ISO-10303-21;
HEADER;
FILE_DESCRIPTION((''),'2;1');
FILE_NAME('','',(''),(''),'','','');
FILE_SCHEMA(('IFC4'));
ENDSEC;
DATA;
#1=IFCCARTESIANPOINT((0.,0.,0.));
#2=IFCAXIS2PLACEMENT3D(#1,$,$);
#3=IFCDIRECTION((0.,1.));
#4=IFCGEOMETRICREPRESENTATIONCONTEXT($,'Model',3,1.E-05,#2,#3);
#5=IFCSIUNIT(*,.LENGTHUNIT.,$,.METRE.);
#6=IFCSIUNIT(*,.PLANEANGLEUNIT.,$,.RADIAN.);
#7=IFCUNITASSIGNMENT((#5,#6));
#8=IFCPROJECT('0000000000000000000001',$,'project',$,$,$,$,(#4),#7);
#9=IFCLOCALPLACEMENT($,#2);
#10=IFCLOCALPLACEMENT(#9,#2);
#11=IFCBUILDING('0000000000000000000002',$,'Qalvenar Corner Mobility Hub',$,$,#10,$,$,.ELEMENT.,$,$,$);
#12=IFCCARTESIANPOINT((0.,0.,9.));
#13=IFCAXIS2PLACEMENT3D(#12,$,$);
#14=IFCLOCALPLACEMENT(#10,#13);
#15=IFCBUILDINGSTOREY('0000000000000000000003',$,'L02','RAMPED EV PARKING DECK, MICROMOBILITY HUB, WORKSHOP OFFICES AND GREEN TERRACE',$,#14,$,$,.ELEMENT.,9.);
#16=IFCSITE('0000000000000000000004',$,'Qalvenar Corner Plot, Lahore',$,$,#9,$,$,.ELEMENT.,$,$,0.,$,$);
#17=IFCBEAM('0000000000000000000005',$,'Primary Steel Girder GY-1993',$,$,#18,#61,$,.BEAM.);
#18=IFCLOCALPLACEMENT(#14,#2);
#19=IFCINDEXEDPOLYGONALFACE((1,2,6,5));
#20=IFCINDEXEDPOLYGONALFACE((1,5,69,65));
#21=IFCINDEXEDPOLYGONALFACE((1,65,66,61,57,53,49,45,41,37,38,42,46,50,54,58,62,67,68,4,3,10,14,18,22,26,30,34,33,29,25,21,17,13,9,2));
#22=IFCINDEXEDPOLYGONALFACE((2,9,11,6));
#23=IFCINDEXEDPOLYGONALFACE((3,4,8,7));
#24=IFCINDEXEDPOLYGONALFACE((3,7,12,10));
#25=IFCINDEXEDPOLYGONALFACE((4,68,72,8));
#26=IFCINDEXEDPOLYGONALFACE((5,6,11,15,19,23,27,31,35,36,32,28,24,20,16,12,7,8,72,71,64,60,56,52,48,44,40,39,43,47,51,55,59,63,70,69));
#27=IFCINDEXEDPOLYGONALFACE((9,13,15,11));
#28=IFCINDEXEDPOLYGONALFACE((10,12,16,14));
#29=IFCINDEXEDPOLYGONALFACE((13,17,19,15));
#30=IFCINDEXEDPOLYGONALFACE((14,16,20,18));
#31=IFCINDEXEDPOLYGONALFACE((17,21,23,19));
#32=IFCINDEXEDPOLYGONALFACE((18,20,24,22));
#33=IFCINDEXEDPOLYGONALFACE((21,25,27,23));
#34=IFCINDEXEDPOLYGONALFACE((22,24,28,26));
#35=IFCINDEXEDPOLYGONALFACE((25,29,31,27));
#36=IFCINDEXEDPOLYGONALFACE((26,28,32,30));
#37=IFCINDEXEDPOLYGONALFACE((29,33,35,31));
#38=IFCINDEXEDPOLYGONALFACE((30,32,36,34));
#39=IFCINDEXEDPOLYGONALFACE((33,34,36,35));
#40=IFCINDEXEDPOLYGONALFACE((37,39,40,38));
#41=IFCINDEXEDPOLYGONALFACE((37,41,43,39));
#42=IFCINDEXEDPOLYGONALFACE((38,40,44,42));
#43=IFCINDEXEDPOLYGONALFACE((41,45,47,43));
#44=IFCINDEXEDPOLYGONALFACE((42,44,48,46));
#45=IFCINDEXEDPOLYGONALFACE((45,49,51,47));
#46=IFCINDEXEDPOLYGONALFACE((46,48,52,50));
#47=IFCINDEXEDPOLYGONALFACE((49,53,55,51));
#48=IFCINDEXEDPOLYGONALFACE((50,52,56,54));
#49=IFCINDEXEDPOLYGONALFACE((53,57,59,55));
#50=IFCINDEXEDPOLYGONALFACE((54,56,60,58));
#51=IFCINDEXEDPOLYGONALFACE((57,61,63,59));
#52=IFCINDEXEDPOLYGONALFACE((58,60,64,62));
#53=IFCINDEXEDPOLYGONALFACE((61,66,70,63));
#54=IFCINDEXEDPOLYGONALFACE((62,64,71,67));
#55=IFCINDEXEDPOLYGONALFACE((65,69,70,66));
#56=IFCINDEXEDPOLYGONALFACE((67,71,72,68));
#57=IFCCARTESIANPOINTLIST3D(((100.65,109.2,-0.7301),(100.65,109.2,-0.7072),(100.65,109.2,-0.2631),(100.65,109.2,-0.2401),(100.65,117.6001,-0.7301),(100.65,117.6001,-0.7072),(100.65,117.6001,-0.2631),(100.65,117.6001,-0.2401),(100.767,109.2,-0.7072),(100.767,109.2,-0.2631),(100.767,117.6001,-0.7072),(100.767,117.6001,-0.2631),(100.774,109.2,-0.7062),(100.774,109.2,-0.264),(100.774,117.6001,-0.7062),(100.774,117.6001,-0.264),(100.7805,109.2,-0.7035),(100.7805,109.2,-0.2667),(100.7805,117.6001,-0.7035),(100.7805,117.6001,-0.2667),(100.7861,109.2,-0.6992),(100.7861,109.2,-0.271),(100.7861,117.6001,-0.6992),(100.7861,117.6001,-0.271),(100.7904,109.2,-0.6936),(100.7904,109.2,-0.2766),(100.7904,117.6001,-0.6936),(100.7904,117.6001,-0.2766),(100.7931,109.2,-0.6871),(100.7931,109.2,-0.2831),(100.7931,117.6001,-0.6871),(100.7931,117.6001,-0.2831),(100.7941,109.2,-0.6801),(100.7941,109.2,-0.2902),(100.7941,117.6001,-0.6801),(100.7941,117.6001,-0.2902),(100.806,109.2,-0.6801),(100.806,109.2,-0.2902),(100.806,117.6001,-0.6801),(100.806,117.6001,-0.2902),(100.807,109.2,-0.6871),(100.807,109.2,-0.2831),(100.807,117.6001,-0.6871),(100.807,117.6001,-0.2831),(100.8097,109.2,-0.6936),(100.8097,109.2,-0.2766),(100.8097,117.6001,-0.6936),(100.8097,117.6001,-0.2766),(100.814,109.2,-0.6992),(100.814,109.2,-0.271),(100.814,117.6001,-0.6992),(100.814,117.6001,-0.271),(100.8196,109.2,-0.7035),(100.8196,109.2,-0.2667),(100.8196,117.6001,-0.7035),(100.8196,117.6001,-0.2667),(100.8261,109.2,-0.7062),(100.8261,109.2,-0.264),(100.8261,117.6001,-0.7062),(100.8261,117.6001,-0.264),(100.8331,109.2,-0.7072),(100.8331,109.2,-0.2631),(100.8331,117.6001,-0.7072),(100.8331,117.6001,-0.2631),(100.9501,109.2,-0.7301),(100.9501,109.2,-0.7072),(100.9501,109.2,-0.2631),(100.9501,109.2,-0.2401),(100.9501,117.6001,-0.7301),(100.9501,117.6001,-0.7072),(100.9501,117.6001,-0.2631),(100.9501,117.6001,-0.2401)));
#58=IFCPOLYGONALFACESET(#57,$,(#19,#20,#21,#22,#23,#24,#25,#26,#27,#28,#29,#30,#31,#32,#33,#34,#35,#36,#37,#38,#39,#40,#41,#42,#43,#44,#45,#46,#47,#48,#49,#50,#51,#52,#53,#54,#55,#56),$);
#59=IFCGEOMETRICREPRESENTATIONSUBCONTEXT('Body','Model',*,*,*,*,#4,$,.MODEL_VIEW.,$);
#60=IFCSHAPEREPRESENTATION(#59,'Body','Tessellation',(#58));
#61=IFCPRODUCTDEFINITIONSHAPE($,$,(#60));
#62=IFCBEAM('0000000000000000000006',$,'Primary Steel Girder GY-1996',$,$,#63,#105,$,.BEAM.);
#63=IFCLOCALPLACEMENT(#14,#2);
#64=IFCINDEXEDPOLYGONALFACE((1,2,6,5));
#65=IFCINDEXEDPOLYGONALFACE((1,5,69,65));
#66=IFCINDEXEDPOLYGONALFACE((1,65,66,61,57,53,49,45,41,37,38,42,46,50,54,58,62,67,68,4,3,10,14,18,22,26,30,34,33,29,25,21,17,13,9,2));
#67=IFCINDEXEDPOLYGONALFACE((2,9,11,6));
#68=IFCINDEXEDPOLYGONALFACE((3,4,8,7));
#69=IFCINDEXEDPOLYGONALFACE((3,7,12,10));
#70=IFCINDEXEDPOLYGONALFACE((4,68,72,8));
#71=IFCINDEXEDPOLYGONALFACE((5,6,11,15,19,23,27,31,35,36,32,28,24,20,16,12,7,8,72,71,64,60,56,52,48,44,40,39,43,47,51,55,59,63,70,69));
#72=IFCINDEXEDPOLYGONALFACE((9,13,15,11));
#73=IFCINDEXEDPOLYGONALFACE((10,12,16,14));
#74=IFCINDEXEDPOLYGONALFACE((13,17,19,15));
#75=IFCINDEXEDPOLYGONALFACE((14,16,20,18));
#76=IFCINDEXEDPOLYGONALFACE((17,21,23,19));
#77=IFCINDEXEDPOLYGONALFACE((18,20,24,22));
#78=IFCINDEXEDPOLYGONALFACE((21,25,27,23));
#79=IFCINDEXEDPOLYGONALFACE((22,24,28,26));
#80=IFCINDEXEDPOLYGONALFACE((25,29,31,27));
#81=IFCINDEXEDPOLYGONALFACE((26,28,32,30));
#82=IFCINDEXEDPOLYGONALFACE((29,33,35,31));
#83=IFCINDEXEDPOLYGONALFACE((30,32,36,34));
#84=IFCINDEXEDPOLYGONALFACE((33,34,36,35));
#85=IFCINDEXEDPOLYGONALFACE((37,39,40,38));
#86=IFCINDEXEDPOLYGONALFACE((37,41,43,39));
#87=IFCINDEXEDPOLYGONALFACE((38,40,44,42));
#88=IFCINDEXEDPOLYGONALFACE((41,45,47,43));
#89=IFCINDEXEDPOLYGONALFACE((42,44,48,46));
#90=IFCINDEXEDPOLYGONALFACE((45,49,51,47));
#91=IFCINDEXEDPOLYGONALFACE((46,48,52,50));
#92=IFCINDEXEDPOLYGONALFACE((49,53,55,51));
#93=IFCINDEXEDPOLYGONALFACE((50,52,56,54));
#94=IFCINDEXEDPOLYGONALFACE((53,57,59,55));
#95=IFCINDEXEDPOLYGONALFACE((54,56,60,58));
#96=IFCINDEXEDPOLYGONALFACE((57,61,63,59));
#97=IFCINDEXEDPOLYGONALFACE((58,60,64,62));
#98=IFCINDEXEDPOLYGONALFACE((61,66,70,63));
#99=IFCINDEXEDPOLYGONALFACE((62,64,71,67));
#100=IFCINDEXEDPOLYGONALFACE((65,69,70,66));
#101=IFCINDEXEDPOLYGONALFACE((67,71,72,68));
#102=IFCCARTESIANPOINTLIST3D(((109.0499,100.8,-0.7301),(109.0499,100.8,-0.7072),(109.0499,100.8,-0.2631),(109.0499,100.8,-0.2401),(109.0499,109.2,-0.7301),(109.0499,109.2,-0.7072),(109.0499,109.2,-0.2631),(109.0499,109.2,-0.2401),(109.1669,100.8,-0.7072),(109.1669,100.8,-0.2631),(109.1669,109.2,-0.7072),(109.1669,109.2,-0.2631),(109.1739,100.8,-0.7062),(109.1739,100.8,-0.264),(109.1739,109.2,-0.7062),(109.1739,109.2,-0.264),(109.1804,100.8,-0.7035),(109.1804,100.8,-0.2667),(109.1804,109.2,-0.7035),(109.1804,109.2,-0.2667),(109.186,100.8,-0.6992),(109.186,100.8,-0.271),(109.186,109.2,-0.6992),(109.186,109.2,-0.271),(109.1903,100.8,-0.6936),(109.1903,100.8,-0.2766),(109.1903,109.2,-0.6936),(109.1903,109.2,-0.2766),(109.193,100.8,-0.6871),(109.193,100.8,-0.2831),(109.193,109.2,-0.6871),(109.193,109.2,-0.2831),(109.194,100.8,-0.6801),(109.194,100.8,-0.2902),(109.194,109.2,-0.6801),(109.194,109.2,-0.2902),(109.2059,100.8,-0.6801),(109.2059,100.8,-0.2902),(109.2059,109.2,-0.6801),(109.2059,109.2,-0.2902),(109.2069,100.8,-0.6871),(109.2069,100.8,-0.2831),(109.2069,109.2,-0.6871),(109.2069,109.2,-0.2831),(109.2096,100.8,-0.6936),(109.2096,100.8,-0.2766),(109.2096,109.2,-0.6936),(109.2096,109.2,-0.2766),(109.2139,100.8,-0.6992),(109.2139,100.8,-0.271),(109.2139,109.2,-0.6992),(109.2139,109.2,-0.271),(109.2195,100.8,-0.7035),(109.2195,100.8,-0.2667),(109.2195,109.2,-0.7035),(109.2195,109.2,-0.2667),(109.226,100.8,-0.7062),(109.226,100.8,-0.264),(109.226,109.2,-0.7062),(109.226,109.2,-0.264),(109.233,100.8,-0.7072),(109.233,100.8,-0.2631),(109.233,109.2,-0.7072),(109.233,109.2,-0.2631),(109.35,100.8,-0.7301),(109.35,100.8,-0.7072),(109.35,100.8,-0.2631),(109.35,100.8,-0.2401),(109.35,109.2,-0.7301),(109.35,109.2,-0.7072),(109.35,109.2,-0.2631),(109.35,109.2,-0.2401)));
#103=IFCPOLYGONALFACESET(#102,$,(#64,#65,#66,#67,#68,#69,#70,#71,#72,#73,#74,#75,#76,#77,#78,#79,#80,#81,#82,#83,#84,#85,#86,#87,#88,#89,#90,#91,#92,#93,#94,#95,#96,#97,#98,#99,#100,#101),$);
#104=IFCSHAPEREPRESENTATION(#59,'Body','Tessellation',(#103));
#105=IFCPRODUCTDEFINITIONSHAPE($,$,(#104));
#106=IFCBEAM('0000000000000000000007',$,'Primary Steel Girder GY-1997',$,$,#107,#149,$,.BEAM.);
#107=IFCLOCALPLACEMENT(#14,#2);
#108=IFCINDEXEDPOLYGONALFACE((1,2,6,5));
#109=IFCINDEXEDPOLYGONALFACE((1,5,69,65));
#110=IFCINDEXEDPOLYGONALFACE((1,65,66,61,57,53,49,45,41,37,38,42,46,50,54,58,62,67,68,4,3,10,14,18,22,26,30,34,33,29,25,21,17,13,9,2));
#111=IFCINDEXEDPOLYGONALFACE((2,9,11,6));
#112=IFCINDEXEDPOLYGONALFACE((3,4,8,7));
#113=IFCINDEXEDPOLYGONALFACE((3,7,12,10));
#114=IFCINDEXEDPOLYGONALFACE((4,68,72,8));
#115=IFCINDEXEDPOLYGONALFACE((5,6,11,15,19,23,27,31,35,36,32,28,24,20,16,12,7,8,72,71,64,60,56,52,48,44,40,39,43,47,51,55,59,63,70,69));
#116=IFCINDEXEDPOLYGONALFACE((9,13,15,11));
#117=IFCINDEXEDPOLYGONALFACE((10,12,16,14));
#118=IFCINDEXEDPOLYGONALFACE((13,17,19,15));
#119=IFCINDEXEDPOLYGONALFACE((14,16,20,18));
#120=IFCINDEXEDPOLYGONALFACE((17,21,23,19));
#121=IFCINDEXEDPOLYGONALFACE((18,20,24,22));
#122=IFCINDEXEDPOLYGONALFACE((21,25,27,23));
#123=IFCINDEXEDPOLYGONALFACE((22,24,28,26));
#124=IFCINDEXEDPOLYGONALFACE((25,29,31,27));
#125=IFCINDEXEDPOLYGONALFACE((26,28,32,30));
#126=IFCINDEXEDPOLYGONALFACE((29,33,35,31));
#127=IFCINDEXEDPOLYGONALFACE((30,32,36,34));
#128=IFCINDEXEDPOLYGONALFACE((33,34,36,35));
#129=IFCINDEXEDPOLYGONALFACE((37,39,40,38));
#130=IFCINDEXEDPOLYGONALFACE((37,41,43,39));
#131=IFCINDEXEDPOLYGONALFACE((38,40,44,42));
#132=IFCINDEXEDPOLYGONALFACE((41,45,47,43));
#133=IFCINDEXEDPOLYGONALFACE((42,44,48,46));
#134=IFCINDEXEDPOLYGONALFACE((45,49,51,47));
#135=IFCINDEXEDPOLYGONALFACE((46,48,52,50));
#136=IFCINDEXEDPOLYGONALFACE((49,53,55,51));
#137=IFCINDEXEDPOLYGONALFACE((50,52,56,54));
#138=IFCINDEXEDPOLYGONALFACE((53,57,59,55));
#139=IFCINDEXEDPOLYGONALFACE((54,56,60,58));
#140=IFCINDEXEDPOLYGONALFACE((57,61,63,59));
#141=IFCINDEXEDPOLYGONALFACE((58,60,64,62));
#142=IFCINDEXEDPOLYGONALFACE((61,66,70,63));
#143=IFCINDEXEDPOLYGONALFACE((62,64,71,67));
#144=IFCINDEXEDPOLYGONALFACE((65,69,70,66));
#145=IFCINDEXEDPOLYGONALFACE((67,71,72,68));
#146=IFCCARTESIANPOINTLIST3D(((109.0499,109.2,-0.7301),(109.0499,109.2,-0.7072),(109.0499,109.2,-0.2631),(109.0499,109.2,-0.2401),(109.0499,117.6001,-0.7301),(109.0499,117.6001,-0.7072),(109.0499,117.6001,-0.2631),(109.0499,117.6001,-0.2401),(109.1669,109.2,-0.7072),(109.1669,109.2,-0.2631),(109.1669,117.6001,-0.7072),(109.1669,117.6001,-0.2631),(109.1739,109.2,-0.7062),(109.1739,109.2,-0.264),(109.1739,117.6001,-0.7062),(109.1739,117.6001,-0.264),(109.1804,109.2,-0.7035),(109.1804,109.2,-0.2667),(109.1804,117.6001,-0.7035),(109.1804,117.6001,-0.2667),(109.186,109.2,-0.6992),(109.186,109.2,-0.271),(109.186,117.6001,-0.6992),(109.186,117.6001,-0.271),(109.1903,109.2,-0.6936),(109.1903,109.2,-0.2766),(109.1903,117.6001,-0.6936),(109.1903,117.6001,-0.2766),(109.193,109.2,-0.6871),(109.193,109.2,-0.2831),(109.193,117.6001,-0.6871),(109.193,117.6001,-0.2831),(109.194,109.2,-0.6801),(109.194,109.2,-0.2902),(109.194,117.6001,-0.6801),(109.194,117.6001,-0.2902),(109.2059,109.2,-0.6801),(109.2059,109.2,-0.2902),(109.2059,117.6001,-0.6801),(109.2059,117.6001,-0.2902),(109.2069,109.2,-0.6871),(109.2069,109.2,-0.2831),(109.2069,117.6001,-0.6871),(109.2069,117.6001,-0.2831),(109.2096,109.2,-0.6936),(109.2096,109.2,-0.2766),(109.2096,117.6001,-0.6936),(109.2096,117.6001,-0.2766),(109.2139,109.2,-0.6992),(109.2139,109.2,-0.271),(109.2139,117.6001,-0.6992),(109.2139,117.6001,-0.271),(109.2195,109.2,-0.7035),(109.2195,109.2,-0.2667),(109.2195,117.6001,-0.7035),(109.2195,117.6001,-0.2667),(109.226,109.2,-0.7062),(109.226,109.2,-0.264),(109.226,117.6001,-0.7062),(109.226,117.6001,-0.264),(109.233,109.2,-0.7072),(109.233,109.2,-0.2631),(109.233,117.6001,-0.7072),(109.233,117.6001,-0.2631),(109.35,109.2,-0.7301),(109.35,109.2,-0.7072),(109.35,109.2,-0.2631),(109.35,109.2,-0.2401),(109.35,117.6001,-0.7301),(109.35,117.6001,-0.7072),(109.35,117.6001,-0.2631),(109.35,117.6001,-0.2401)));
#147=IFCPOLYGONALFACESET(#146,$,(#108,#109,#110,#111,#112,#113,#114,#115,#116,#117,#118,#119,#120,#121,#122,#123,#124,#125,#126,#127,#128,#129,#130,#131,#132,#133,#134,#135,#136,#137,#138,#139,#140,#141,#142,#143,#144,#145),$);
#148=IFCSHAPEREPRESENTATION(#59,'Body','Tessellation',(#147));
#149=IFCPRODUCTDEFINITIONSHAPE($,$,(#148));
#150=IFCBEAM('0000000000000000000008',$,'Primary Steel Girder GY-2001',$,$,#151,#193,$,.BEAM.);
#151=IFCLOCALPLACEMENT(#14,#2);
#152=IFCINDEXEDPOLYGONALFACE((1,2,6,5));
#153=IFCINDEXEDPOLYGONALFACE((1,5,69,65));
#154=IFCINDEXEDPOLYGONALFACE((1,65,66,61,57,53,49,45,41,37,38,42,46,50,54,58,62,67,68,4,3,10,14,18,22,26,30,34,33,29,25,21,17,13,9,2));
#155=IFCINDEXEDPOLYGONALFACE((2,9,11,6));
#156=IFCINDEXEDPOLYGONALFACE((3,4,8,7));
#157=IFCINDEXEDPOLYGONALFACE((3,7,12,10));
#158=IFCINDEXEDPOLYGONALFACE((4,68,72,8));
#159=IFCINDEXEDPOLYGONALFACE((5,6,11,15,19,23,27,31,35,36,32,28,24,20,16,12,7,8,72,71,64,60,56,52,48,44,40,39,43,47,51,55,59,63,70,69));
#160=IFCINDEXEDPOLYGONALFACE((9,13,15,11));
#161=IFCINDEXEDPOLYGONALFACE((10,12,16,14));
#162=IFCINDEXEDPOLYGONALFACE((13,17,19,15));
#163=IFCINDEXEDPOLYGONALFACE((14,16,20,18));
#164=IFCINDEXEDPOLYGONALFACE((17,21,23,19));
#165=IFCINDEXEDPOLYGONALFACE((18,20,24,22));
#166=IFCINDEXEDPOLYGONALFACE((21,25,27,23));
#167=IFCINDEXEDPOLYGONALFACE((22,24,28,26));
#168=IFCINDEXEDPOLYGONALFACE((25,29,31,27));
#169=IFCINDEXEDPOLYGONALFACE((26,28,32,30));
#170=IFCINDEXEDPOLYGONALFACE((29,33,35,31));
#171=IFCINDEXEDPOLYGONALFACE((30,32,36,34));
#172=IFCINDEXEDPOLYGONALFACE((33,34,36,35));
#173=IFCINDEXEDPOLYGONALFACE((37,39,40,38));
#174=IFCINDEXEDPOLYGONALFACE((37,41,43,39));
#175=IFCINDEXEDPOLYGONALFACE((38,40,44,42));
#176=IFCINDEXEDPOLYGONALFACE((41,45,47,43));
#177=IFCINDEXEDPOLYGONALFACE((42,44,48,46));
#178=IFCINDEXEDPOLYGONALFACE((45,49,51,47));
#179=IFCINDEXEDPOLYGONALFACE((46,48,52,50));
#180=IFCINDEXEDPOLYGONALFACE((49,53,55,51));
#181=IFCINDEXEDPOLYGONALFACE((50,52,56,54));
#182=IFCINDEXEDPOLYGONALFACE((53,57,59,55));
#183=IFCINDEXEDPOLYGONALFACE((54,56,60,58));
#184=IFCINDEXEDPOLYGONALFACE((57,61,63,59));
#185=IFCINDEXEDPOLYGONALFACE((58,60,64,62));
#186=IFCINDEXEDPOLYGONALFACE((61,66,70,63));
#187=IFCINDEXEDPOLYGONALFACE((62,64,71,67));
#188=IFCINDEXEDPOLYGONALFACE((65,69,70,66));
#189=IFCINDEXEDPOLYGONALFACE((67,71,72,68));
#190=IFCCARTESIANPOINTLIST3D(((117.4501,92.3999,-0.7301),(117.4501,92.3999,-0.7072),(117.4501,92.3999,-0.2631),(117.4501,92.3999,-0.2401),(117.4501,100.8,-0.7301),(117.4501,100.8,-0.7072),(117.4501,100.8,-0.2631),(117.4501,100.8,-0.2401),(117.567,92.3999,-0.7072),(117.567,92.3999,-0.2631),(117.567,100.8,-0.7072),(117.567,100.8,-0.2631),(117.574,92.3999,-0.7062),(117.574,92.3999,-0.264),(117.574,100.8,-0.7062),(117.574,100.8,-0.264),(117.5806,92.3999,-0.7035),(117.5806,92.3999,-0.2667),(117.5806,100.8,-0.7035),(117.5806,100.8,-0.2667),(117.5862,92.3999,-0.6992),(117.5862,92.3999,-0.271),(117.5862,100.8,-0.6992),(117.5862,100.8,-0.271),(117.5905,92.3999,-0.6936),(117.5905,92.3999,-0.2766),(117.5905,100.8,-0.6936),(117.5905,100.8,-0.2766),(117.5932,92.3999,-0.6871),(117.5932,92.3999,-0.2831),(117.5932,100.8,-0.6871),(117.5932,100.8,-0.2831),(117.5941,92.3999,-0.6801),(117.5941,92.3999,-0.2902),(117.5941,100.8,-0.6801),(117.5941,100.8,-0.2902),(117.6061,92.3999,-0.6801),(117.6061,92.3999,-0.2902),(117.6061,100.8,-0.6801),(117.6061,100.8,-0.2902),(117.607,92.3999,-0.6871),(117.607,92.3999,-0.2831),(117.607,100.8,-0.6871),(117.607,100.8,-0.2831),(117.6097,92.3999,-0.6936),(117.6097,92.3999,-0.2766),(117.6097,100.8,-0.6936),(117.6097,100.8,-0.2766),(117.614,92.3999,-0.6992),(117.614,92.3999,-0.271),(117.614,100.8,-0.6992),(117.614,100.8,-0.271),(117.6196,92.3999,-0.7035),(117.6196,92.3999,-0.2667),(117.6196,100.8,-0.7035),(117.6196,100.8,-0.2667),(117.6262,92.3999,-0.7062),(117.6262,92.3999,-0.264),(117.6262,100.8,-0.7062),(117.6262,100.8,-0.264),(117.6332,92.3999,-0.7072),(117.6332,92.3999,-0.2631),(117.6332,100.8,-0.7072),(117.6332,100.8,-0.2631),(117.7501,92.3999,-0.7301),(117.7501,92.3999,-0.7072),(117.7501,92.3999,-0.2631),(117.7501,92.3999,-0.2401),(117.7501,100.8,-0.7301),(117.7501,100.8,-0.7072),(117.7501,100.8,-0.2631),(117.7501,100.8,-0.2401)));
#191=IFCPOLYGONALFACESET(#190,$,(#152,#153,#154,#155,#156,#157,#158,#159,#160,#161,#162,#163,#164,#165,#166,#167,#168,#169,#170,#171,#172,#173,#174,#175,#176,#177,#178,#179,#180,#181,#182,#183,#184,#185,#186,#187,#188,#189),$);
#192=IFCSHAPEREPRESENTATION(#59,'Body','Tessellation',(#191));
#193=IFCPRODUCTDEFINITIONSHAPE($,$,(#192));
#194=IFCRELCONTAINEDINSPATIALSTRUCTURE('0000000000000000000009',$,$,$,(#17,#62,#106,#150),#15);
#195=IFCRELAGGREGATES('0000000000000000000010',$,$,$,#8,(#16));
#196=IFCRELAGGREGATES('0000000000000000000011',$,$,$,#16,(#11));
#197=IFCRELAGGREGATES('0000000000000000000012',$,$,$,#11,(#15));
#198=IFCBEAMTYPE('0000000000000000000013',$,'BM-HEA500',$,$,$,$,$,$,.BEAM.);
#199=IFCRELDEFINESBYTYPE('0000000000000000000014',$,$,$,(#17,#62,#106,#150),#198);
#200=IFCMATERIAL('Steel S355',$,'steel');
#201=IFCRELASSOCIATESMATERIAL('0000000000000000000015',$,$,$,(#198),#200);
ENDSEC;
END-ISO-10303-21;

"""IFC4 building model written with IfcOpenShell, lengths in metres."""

from ifc_helpers import new_model, si_unit, direction, frame, origin, origin_2d, place, context, subcontext, project, spatial, i_section, extrude, material, material_profile, profile_set, type_object, element, save


model = new_model("IFC4")

# Units and contexts
model_context = context("Model", 3, precision=1e-05, world=origin(), true_north=direction((0.0, 1.0)))
body_context = subcontext(model_context, "Body", "Model", "MODEL_VIEW")
ifc_project = project(units=[si_unit("LENGTHUNIT", "METRE"), si_unit("PLANEANGLEUNIT", "RADIAN")], contexts=[model_context])

# Site, building, storey
site_placement = place(None, origin())
site = spatial("IfcSite", under=ifc_project, at=site_placement, Name="Qalvenar Corner Plot, Lahore", CompositionType="ELEMENT", RefElevation=0.0)
building_placement = place(site_placement, origin())
building = spatial("IfcBuilding", under=site, at=building_placement, Name="Qalvenar Corner Mobility Hub", CompositionType="ELEMENT")
storey_placement = place(building_placement, frame((0.0, 0.0, 9.0)))
storey = spatial("IfcBuildingStorey", under=building, at=storey_placement, Name="L02", Description="RAMPED EV PARKING DECK, MICROMOBILITY HUB, WORKSHOP OFFICES AND GREEN TERRACE", CompositionType="ELEMENT", Elevation=9.0)

# Shared definitions
ifc_material = material(Name="Steel S355", Category="steel")

# Beams
ifc_material_profile_1 = material_profile(ifc_material, i_section(OverallWidth=0.3, OverallDepth=0.49, WebThickness=0.012, FlangeThickness=0.0229, FilletRadius=0.0271, at=origin_2d()), Name="HEA500")
ifc_profile_set_1 = profile_set([ifc_material_profile_1], Name="Steel S355")
beam_type_1 = type_object("IfcBeamType", Name="BM-HEA500", PredefinedType="BEAM", material=ifc_profile_set_1)
beam_1_placement = place(storey_placement, frame((100.8, 109.2, -0.4851), z_axis=(0.0, 1.0, 0.0), x_axis=(-1.0, 0.0, 0.0)))
element("IfcBeam", 1, at=beam_1_placement, inside=storey, type_object=beam_type_1, Name="Primary Steel Girder GY-1993", PredefinedType="BEAM", context=body_context, shape_type="SweptSolid", body=[
    extrude(i_section(OverallWidth=0.3, OverallDepth=0.49, WebThickness=0.012, FlangeThickness=0.0229, FilletRadius=0.0271, at=origin_2d()), origin(), (0.0, 0.0, 1.0), 8.4001),
])
beam_2_placement = place(storey_placement, frame((109.2, 100.8, -0.4851), z_axis=(0.0, 1.0, 0.0), x_axis=(-1.0, 0.0, 0.0)))
element("IfcBeam", 2, at=beam_2_placement, inside=storey, type_object=beam_type_1, Name="Primary Steel Girder GY-1996", PredefinedType="BEAM", context=body_context, shape_type="SweptSolid", body=[
    extrude(i_section(OverallWidth=0.3, OverallDepth=0.49, WebThickness=0.012, FlangeThickness=0.0229, FilletRadius=0.0271, at=origin_2d()), origin(), (0.0, 0.0, 1.0), 8.3999),
])
for number, where, z_axis, x_axis, name in (
    (3, (109.2, 109.2, -0.4851), (0.0, 1.0, 0.0), (-1.0, 0.0, 0.0), "Primary Steel Girder GY-1997"),
    (4, (117.6001, 92.3999, -0.4851), (0.0, 1.0, 0.0), (-1.0, 0.0, 0.0), "Primary Steel Girder GY-2001"),
):
    element("IfcBeam", number, at=place(storey_placement, frame(where, z_axis=z_axis, x_axis=x_axis)), inside=storey, type_object=beam_type_1, Name=name, PredefinedType="BEAM", context=body_context, shape_type="SweptSolid", body=[
        extrude(i_section(OverallWidth=0.3, OverallDepth=0.49, WebThickness=0.012, FlangeThickness=0.0229, FilletRadius=0.0271, at=origin_2d()), origin(), (0.0, 0.0, 1.0), 8.4001),
    ])

save(model, "model.ifc")
